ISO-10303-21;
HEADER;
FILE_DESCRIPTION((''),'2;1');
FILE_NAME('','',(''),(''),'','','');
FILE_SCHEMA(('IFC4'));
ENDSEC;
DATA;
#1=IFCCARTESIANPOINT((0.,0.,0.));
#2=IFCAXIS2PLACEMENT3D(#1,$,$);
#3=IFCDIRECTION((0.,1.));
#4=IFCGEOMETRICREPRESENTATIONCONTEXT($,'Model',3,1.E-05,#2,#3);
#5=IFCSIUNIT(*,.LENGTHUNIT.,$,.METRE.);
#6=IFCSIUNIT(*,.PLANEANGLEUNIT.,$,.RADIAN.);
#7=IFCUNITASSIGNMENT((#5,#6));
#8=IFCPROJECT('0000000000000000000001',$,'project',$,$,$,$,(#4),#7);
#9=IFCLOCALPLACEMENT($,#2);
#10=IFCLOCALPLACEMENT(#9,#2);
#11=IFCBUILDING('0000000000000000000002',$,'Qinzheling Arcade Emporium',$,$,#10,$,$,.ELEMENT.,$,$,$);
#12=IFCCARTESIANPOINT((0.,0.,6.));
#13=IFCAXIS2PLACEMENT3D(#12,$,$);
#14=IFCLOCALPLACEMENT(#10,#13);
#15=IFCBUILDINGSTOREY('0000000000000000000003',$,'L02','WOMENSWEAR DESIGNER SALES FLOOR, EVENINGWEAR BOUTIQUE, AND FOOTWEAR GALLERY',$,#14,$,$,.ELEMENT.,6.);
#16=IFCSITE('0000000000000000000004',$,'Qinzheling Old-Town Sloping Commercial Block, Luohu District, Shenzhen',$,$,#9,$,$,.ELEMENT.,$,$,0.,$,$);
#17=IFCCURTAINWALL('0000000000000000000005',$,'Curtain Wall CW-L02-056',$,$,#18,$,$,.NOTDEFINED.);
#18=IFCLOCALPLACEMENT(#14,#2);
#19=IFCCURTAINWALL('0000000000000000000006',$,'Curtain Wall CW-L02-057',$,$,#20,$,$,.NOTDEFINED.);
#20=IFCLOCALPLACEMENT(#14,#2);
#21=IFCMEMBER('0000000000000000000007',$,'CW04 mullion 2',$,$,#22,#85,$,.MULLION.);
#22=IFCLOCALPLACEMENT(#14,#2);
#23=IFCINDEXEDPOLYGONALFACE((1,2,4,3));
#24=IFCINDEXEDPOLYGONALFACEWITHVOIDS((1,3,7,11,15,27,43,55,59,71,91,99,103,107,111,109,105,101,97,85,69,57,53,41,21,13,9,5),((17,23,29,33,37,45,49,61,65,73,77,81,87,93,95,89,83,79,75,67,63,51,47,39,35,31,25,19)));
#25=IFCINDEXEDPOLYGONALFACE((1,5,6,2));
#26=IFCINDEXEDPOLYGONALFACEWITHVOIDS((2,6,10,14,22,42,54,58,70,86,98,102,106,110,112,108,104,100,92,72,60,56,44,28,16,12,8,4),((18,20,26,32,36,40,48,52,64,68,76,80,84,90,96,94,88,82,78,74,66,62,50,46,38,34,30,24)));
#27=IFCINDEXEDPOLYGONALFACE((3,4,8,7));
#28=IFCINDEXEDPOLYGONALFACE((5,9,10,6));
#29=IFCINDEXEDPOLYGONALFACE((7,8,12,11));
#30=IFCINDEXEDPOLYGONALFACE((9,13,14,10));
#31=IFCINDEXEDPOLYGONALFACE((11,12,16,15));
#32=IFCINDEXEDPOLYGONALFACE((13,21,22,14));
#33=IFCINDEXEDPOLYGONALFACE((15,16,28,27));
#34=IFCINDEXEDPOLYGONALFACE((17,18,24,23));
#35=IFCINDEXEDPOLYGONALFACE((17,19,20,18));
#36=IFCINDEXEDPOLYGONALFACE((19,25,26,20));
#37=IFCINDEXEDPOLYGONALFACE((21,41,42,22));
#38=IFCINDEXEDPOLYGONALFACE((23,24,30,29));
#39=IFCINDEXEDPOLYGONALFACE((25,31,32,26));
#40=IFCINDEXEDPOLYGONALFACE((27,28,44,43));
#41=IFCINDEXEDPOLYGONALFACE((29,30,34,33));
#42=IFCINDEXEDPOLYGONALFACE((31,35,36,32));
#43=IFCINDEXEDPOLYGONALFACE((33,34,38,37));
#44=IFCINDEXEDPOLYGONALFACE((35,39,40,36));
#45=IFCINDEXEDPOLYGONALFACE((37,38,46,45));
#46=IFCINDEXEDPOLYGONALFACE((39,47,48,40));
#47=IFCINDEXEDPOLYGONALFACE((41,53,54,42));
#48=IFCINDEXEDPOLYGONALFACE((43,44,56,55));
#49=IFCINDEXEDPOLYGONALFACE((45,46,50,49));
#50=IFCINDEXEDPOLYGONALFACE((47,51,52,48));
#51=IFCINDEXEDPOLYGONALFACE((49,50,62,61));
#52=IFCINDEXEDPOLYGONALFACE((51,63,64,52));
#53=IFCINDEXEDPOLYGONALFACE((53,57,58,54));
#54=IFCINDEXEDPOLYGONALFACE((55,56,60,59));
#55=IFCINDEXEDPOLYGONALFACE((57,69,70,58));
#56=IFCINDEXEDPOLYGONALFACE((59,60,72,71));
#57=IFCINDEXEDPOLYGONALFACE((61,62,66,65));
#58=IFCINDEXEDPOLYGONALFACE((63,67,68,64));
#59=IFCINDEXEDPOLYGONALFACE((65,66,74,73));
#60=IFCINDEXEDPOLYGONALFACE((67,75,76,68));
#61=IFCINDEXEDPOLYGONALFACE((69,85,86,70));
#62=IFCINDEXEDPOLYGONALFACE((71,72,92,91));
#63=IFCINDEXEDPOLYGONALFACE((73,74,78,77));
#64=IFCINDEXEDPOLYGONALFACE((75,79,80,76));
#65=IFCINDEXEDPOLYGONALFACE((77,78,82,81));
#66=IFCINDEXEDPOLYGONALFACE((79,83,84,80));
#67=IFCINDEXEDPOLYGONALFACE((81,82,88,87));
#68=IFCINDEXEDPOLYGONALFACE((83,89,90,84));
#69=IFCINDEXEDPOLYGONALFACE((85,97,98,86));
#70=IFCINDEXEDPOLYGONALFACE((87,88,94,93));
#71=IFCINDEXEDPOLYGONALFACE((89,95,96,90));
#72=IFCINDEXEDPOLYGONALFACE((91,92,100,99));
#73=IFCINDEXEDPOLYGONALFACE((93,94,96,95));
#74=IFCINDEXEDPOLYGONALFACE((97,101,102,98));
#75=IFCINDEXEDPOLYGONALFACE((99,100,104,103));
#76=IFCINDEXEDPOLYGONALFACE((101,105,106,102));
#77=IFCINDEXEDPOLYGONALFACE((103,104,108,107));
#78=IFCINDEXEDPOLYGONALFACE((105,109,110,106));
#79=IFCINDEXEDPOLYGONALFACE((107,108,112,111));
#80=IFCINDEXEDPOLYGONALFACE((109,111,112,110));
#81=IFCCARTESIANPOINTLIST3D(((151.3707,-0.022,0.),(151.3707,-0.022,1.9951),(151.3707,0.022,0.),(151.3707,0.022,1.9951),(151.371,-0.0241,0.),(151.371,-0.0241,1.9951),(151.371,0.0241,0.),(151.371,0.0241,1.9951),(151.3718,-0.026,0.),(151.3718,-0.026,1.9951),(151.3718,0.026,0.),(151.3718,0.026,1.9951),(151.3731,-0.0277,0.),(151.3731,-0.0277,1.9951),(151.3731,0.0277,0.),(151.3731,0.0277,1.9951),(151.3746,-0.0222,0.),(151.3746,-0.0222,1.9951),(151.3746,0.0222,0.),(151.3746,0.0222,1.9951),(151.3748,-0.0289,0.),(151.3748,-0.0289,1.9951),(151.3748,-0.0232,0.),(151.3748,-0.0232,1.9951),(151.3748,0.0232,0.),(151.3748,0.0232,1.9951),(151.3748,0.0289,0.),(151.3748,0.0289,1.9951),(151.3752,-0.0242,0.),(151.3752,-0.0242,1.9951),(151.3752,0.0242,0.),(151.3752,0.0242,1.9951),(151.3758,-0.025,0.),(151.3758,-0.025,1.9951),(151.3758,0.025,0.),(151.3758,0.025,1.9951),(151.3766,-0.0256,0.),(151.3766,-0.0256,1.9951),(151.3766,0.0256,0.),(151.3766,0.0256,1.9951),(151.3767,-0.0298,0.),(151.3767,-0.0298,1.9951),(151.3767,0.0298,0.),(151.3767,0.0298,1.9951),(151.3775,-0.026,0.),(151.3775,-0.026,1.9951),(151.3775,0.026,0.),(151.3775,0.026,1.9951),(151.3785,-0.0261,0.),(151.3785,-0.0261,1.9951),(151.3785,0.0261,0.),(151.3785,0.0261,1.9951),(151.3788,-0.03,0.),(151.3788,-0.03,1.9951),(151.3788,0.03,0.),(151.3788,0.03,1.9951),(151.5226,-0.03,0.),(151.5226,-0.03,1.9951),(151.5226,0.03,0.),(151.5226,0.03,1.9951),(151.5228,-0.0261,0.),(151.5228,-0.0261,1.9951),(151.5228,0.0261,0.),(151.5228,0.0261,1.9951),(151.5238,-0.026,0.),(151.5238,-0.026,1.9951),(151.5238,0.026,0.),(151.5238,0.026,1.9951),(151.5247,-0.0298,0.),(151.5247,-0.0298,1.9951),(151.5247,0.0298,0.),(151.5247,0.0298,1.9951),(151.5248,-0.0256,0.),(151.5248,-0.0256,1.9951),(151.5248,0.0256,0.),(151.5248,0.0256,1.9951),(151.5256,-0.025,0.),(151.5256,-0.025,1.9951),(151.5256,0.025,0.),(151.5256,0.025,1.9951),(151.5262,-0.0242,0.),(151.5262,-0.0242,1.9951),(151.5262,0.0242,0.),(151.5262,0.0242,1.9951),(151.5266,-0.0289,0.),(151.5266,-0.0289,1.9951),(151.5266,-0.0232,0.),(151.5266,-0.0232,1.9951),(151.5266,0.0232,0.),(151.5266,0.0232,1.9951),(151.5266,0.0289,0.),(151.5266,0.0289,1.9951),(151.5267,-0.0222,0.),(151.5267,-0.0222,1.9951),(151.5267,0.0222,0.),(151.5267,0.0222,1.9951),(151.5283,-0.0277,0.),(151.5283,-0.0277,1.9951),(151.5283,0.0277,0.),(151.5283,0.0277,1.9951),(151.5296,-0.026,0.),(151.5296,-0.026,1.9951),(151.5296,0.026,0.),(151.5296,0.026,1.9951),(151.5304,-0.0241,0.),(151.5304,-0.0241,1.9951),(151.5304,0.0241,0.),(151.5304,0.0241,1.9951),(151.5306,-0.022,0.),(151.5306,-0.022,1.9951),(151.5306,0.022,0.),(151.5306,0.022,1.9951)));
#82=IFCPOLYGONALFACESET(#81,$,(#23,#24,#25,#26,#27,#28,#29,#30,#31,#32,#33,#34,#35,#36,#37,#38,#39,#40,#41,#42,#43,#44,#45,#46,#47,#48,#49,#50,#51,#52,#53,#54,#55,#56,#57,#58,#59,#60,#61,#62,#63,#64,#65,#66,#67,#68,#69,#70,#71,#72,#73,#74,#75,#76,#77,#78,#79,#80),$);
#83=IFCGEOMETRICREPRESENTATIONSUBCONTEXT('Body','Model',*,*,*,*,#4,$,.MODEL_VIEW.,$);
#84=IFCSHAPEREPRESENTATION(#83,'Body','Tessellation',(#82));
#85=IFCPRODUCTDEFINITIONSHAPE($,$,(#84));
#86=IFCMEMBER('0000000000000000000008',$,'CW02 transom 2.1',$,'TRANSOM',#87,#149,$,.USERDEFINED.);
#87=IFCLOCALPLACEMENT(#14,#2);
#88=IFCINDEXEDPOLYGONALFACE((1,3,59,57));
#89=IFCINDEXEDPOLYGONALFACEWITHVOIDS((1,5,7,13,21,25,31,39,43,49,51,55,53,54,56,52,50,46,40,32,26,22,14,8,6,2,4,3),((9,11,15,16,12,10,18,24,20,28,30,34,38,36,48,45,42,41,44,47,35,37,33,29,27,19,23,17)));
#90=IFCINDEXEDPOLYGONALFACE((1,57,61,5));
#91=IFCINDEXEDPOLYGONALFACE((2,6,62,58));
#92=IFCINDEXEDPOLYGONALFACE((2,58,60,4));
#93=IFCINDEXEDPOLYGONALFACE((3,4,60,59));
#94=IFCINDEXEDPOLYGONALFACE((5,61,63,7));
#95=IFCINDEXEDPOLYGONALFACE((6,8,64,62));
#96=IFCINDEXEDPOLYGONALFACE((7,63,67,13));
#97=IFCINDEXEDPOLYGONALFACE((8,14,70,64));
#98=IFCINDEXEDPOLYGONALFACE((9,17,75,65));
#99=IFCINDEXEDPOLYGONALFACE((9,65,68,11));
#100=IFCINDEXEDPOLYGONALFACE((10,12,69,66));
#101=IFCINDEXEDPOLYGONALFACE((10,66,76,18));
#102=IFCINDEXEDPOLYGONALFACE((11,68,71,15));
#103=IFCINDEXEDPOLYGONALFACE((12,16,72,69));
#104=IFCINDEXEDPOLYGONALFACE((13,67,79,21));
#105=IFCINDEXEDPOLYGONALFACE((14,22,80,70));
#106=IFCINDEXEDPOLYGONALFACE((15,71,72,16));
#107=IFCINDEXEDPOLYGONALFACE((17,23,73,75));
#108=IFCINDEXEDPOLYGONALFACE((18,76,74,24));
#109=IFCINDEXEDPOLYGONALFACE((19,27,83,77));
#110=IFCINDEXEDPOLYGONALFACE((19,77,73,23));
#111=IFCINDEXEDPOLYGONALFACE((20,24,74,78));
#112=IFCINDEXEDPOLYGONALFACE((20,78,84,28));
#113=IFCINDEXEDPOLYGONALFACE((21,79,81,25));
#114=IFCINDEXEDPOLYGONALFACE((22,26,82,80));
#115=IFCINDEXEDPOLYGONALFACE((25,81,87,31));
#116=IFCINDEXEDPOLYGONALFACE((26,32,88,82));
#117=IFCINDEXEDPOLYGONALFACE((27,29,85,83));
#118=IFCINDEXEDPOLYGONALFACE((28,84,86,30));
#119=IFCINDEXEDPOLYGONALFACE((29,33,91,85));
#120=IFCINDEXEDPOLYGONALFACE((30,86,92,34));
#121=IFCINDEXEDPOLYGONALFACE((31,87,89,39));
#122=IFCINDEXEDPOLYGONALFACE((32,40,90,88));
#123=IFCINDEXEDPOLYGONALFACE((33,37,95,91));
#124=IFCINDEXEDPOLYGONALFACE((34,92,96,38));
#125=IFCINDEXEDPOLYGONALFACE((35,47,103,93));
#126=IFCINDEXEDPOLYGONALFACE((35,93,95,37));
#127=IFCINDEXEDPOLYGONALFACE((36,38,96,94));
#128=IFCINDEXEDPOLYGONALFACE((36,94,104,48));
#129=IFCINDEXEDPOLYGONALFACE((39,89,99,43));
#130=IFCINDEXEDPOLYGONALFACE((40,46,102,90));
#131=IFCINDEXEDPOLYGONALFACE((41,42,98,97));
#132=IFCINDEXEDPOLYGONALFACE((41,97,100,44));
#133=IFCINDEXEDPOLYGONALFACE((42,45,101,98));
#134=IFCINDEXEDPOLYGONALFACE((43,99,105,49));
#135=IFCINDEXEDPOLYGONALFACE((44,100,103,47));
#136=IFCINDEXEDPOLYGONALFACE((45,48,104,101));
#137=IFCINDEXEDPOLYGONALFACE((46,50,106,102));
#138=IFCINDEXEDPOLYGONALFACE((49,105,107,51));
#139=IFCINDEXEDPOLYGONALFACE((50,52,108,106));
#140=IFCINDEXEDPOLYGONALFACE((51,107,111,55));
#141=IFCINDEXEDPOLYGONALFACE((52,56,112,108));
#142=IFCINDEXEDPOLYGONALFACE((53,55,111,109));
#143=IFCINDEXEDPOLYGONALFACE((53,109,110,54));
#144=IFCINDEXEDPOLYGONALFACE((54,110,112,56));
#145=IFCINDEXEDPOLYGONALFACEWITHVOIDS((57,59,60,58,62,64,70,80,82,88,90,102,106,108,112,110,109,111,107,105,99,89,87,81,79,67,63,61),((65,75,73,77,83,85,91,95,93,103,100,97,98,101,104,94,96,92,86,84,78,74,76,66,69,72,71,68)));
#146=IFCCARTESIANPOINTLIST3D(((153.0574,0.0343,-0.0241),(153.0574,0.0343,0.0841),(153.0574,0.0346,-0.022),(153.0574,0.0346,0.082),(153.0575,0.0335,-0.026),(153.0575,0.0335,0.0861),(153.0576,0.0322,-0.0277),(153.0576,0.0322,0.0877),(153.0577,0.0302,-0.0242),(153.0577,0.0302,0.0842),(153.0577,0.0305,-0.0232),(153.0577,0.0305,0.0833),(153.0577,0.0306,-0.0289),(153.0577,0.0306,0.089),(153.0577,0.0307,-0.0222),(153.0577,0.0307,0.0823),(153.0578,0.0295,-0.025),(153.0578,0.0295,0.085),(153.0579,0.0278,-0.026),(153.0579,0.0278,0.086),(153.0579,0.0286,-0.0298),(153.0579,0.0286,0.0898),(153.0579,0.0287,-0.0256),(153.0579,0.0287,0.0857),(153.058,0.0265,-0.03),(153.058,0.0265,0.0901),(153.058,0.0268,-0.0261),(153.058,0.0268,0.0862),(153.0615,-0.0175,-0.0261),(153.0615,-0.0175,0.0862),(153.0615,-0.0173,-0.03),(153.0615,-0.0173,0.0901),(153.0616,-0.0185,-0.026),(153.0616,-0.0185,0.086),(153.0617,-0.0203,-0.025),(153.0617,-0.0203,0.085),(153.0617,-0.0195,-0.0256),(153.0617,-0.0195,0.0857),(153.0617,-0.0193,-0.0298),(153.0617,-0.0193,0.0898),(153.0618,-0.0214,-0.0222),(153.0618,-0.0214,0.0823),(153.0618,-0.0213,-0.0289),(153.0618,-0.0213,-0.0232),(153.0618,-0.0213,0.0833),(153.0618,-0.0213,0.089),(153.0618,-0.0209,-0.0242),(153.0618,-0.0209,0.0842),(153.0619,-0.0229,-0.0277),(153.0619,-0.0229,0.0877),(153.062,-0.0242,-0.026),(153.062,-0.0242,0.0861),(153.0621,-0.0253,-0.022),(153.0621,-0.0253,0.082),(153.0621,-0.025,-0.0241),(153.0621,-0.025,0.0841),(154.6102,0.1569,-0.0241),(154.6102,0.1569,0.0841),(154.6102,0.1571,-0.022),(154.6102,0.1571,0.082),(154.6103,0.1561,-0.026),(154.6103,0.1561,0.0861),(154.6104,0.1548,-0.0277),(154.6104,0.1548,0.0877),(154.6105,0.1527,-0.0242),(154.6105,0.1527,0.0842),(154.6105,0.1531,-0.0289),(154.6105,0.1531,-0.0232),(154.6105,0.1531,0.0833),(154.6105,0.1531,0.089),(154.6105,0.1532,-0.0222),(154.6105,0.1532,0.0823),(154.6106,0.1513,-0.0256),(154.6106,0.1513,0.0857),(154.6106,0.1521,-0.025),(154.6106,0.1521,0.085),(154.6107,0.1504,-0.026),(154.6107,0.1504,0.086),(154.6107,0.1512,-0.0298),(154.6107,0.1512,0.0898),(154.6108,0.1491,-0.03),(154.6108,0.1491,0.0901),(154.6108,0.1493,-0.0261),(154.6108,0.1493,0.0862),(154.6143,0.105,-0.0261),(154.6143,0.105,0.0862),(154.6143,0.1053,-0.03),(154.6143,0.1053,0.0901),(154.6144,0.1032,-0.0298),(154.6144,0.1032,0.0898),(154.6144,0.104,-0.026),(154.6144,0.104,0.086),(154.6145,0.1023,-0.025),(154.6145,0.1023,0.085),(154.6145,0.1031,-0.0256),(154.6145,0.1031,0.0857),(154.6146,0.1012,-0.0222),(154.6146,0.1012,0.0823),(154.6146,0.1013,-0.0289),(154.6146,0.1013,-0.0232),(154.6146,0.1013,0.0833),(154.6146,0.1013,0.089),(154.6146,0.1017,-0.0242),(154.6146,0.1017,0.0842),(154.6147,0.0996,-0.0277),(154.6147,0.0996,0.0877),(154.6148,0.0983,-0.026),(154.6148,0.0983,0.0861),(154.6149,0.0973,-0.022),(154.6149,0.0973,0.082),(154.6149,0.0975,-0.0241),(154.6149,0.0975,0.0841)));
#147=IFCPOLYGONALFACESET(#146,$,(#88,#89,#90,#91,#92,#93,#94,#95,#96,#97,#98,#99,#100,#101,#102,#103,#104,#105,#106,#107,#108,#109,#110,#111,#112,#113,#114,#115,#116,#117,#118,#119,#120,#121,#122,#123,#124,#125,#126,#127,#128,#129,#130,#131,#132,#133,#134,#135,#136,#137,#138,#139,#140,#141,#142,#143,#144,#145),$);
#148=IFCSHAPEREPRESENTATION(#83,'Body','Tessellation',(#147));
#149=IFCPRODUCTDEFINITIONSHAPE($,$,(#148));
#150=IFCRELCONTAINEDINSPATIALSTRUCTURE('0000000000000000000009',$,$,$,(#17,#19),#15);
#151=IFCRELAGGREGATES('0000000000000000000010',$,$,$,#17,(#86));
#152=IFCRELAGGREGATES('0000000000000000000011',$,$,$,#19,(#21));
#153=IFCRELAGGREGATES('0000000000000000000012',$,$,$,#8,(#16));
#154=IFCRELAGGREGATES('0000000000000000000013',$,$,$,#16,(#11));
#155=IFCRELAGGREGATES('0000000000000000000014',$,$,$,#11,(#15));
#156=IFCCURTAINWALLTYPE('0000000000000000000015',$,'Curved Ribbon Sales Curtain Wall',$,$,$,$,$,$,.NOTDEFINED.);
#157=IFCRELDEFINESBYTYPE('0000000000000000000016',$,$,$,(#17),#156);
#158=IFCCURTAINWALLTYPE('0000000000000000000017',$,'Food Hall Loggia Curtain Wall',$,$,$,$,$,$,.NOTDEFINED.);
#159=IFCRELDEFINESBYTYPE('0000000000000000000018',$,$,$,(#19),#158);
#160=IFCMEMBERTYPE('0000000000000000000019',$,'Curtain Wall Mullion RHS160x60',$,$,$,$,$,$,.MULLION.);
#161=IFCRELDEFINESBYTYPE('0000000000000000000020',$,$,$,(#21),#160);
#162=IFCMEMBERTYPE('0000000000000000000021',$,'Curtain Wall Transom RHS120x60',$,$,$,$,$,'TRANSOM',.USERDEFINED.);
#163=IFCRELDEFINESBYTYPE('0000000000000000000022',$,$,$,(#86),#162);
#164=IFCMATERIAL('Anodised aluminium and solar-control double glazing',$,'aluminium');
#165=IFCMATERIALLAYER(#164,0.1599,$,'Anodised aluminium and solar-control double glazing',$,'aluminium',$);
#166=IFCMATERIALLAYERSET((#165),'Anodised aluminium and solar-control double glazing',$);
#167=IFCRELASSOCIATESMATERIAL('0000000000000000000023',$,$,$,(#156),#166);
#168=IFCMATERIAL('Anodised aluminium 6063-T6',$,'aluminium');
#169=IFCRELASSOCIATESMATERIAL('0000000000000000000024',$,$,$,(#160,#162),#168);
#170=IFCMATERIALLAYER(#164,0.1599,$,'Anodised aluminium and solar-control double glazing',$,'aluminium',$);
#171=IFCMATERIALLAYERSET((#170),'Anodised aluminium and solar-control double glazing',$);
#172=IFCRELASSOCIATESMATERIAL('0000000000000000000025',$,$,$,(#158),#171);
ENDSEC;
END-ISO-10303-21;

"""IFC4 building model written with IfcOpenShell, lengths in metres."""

from ifc_helpers import new_model, si_unit, direction, frame, origin, origin_2d, place, context, subcontext, project, spatial, hollow_rectangle, extrude, material, layer, layer_set, material_profile, profile_set, type_object, element, aggregate, save


model = new_model("IFC4")

# Units and contexts
model_context = context("Model", 3, precision=1e-05, world=origin(), true_north=direction((0.0, 1.0)))
body_context = subcontext(model_context, "Body", "Model", "MODEL_VIEW")
ifc_project = project(units=[si_unit("LENGTHUNIT", "METRE"), si_unit("PLANEANGLEUNIT", "RADIAN")], contexts=[model_context])

# Site, building, storey
site_placement = place(None, origin())
site = spatial("IfcSite", under=ifc_project, at=site_placement, Name="Qinzheling Old-Town Sloping Commercial Block, Luohu District, Shenzhen", CompositionType="ELEMENT", RefElevation=0.0)
building_placement = place(site_placement, origin())
building = spatial("IfcBuilding", under=site, at=building_placement, Name="Qinzheling Arcade Emporium", CompositionType="ELEMENT")
storey_placement = place(building_placement, frame((0.0, 0.0, 6.0)))
storey = spatial("IfcBuildingStorey", under=building, at=storey_placement, Name="L02", Description="WOMENSWEAR DESIGNER SALES FLOOR, EVENINGWEAR BOUTIQUE, AND FOOTWEAR GALLERY", CompositionType="ELEMENT", Elevation=6.0)

# Curtain wall
ifc_material_1 = material(Name="Anodised aluminium and solar-control double glazing", Category="aluminium")
ifc_layer_1 = layer(ifc_material_1, 0.1599, Name="Anodised aluminium and solar-control double glazing", Category="aluminium")
ifc_layer_set_1 = layer_set([ifc_layer_1], Name="Anodised aluminium and solar-control double glazing")
curtain_wall_type_1 = type_object("IfcCurtainWallType", Name="Curved Ribbon Sales Curtain Wall", PredefinedType="NOTDEFINED", material=ifc_layer_set_1)
curtain_wall_1_placement = place(storey_placement, origin())
curtain_wall_1 = element("IfcCurtainWall", 1, at=curtain_wall_1_placement, inside=storey, type_object=curtain_wall_type_1, Name="Curtain Wall CW-L02-056", PredefinedType="NOTDEFINED")
ifc_material_2 = material(Name="Anodised aluminium 6063-T6", Category="aluminium")
ifc_material_profile_1 = material_profile(ifc_material_2, hollow_rectangle(XDim=0.0601, YDim=0.1599, WallThickness=0.0039, InnerFilletRadius=0.0039, OuterFilletRadius=0.0081, at=origin_2d()), Name="RHS 160x60x4", Category="aluminium")
ifc_profile_set_1 = profile_set([ifc_material_profile_1], Name="Anodised aluminium 6063-T6")
member_type_1 = type_object("IfcMemberType", Name="Curtain Wall Mullion RHS160x60", PredefinedType="MULLION", material=ifc_profile_set_1)

# Curtain wall, member
ifc_layer_2 = layer(ifc_material_1, 0.1599, Name="Anodised aluminium and solar-control double glazing", Category="aluminium")
ifc_layer_set_2 = layer_set([ifc_layer_2], Name="Anodised aluminium and solar-control double glazing")
curtain_wall_type_2 = type_object("IfcCurtainWallType", Name="Food Hall Loggia Curtain Wall", PredefinedType="NOTDEFINED", material=ifc_layer_set_2)
curtain_wall_2_placement = place(storey_placement, origin())
curtain_wall_2 = element("IfcCurtainWall", 2, at=curtain_wall_2_placement, inside=storey, type_object=curtain_wall_type_2, Name="Curtain Wall CW-L02-057", PredefinedType="NOTDEFINED")
member_1_placement = place(storey_placement, frame((151.4507, 0.0, 0.0), z_axis=(0.0, 0.0, 1.0), x_axis=(0.0, -1.0, 0.0)))
member_1 = element("IfcMember", 3, at=member_1_placement, type_object=member_type_1, Name="CW04 mullion 2", PredefinedType="MULLION", context=body_context, shape_type="SweptSolid", body=[
    extrude(hollow_rectangle(XDim=0.0601, YDim=0.1599, WallThickness=0.0039, InnerFilletRadius=0.0039, OuterFilletRadius=0.0081, at=origin_2d()), origin(), (0.0, 0.0, 1.0), 1.9951),
])

# Member
ifc_material_profile_2 = material_profile(ifc_material_2, hollow_rectangle(XDim=0.0601, YDim=0.1201, WallThickness=0.0039, InnerFilletRadius=0.0039, OuterFilletRadius=0.0081, at=origin_2d()), Name="RHS 120x60x4", Category="aluminium")
ifc_profile_set_2 = profile_set([ifc_material_profile_2], Name="Anodised aluminium 6063-T6")
member_type_2 = type_object("IfcMemberType", Name="Curtain Wall Transom RHS120x60", ElementType="TRANSOM", PredefinedType="USERDEFINED", material=ifc_profile_set_2)
member_2_placement = place(storey_placement, frame((154.6125, 0.1272, 0.03), z_axis=(-0.996899, -0.078686, 0.0), x_axis=(0.078686, -0.996899, 0.0)))
member_2 = element("IfcMember", 4, at=member_2_placement, type_object=member_type_2, Name="CW02 transom 2.1", ObjectType="TRANSOM", PredefinedType="USERDEFINED", context=body_context, shape_type="SweptSolid", body=[
    extrude(hollow_rectangle(XDim=0.0601, YDim=0.1201, WallThickness=0.0039, InnerFilletRadius=0.0039, OuterFilletRadius=0.0081, at=origin_2d()), origin(), (0.0, 0.0, 1.0), 1.5576),
])

aggregate(curtain_wall_1, [member_2])
aggregate(curtain_wall_2, [member_1])

save(model, "model.ifc")
